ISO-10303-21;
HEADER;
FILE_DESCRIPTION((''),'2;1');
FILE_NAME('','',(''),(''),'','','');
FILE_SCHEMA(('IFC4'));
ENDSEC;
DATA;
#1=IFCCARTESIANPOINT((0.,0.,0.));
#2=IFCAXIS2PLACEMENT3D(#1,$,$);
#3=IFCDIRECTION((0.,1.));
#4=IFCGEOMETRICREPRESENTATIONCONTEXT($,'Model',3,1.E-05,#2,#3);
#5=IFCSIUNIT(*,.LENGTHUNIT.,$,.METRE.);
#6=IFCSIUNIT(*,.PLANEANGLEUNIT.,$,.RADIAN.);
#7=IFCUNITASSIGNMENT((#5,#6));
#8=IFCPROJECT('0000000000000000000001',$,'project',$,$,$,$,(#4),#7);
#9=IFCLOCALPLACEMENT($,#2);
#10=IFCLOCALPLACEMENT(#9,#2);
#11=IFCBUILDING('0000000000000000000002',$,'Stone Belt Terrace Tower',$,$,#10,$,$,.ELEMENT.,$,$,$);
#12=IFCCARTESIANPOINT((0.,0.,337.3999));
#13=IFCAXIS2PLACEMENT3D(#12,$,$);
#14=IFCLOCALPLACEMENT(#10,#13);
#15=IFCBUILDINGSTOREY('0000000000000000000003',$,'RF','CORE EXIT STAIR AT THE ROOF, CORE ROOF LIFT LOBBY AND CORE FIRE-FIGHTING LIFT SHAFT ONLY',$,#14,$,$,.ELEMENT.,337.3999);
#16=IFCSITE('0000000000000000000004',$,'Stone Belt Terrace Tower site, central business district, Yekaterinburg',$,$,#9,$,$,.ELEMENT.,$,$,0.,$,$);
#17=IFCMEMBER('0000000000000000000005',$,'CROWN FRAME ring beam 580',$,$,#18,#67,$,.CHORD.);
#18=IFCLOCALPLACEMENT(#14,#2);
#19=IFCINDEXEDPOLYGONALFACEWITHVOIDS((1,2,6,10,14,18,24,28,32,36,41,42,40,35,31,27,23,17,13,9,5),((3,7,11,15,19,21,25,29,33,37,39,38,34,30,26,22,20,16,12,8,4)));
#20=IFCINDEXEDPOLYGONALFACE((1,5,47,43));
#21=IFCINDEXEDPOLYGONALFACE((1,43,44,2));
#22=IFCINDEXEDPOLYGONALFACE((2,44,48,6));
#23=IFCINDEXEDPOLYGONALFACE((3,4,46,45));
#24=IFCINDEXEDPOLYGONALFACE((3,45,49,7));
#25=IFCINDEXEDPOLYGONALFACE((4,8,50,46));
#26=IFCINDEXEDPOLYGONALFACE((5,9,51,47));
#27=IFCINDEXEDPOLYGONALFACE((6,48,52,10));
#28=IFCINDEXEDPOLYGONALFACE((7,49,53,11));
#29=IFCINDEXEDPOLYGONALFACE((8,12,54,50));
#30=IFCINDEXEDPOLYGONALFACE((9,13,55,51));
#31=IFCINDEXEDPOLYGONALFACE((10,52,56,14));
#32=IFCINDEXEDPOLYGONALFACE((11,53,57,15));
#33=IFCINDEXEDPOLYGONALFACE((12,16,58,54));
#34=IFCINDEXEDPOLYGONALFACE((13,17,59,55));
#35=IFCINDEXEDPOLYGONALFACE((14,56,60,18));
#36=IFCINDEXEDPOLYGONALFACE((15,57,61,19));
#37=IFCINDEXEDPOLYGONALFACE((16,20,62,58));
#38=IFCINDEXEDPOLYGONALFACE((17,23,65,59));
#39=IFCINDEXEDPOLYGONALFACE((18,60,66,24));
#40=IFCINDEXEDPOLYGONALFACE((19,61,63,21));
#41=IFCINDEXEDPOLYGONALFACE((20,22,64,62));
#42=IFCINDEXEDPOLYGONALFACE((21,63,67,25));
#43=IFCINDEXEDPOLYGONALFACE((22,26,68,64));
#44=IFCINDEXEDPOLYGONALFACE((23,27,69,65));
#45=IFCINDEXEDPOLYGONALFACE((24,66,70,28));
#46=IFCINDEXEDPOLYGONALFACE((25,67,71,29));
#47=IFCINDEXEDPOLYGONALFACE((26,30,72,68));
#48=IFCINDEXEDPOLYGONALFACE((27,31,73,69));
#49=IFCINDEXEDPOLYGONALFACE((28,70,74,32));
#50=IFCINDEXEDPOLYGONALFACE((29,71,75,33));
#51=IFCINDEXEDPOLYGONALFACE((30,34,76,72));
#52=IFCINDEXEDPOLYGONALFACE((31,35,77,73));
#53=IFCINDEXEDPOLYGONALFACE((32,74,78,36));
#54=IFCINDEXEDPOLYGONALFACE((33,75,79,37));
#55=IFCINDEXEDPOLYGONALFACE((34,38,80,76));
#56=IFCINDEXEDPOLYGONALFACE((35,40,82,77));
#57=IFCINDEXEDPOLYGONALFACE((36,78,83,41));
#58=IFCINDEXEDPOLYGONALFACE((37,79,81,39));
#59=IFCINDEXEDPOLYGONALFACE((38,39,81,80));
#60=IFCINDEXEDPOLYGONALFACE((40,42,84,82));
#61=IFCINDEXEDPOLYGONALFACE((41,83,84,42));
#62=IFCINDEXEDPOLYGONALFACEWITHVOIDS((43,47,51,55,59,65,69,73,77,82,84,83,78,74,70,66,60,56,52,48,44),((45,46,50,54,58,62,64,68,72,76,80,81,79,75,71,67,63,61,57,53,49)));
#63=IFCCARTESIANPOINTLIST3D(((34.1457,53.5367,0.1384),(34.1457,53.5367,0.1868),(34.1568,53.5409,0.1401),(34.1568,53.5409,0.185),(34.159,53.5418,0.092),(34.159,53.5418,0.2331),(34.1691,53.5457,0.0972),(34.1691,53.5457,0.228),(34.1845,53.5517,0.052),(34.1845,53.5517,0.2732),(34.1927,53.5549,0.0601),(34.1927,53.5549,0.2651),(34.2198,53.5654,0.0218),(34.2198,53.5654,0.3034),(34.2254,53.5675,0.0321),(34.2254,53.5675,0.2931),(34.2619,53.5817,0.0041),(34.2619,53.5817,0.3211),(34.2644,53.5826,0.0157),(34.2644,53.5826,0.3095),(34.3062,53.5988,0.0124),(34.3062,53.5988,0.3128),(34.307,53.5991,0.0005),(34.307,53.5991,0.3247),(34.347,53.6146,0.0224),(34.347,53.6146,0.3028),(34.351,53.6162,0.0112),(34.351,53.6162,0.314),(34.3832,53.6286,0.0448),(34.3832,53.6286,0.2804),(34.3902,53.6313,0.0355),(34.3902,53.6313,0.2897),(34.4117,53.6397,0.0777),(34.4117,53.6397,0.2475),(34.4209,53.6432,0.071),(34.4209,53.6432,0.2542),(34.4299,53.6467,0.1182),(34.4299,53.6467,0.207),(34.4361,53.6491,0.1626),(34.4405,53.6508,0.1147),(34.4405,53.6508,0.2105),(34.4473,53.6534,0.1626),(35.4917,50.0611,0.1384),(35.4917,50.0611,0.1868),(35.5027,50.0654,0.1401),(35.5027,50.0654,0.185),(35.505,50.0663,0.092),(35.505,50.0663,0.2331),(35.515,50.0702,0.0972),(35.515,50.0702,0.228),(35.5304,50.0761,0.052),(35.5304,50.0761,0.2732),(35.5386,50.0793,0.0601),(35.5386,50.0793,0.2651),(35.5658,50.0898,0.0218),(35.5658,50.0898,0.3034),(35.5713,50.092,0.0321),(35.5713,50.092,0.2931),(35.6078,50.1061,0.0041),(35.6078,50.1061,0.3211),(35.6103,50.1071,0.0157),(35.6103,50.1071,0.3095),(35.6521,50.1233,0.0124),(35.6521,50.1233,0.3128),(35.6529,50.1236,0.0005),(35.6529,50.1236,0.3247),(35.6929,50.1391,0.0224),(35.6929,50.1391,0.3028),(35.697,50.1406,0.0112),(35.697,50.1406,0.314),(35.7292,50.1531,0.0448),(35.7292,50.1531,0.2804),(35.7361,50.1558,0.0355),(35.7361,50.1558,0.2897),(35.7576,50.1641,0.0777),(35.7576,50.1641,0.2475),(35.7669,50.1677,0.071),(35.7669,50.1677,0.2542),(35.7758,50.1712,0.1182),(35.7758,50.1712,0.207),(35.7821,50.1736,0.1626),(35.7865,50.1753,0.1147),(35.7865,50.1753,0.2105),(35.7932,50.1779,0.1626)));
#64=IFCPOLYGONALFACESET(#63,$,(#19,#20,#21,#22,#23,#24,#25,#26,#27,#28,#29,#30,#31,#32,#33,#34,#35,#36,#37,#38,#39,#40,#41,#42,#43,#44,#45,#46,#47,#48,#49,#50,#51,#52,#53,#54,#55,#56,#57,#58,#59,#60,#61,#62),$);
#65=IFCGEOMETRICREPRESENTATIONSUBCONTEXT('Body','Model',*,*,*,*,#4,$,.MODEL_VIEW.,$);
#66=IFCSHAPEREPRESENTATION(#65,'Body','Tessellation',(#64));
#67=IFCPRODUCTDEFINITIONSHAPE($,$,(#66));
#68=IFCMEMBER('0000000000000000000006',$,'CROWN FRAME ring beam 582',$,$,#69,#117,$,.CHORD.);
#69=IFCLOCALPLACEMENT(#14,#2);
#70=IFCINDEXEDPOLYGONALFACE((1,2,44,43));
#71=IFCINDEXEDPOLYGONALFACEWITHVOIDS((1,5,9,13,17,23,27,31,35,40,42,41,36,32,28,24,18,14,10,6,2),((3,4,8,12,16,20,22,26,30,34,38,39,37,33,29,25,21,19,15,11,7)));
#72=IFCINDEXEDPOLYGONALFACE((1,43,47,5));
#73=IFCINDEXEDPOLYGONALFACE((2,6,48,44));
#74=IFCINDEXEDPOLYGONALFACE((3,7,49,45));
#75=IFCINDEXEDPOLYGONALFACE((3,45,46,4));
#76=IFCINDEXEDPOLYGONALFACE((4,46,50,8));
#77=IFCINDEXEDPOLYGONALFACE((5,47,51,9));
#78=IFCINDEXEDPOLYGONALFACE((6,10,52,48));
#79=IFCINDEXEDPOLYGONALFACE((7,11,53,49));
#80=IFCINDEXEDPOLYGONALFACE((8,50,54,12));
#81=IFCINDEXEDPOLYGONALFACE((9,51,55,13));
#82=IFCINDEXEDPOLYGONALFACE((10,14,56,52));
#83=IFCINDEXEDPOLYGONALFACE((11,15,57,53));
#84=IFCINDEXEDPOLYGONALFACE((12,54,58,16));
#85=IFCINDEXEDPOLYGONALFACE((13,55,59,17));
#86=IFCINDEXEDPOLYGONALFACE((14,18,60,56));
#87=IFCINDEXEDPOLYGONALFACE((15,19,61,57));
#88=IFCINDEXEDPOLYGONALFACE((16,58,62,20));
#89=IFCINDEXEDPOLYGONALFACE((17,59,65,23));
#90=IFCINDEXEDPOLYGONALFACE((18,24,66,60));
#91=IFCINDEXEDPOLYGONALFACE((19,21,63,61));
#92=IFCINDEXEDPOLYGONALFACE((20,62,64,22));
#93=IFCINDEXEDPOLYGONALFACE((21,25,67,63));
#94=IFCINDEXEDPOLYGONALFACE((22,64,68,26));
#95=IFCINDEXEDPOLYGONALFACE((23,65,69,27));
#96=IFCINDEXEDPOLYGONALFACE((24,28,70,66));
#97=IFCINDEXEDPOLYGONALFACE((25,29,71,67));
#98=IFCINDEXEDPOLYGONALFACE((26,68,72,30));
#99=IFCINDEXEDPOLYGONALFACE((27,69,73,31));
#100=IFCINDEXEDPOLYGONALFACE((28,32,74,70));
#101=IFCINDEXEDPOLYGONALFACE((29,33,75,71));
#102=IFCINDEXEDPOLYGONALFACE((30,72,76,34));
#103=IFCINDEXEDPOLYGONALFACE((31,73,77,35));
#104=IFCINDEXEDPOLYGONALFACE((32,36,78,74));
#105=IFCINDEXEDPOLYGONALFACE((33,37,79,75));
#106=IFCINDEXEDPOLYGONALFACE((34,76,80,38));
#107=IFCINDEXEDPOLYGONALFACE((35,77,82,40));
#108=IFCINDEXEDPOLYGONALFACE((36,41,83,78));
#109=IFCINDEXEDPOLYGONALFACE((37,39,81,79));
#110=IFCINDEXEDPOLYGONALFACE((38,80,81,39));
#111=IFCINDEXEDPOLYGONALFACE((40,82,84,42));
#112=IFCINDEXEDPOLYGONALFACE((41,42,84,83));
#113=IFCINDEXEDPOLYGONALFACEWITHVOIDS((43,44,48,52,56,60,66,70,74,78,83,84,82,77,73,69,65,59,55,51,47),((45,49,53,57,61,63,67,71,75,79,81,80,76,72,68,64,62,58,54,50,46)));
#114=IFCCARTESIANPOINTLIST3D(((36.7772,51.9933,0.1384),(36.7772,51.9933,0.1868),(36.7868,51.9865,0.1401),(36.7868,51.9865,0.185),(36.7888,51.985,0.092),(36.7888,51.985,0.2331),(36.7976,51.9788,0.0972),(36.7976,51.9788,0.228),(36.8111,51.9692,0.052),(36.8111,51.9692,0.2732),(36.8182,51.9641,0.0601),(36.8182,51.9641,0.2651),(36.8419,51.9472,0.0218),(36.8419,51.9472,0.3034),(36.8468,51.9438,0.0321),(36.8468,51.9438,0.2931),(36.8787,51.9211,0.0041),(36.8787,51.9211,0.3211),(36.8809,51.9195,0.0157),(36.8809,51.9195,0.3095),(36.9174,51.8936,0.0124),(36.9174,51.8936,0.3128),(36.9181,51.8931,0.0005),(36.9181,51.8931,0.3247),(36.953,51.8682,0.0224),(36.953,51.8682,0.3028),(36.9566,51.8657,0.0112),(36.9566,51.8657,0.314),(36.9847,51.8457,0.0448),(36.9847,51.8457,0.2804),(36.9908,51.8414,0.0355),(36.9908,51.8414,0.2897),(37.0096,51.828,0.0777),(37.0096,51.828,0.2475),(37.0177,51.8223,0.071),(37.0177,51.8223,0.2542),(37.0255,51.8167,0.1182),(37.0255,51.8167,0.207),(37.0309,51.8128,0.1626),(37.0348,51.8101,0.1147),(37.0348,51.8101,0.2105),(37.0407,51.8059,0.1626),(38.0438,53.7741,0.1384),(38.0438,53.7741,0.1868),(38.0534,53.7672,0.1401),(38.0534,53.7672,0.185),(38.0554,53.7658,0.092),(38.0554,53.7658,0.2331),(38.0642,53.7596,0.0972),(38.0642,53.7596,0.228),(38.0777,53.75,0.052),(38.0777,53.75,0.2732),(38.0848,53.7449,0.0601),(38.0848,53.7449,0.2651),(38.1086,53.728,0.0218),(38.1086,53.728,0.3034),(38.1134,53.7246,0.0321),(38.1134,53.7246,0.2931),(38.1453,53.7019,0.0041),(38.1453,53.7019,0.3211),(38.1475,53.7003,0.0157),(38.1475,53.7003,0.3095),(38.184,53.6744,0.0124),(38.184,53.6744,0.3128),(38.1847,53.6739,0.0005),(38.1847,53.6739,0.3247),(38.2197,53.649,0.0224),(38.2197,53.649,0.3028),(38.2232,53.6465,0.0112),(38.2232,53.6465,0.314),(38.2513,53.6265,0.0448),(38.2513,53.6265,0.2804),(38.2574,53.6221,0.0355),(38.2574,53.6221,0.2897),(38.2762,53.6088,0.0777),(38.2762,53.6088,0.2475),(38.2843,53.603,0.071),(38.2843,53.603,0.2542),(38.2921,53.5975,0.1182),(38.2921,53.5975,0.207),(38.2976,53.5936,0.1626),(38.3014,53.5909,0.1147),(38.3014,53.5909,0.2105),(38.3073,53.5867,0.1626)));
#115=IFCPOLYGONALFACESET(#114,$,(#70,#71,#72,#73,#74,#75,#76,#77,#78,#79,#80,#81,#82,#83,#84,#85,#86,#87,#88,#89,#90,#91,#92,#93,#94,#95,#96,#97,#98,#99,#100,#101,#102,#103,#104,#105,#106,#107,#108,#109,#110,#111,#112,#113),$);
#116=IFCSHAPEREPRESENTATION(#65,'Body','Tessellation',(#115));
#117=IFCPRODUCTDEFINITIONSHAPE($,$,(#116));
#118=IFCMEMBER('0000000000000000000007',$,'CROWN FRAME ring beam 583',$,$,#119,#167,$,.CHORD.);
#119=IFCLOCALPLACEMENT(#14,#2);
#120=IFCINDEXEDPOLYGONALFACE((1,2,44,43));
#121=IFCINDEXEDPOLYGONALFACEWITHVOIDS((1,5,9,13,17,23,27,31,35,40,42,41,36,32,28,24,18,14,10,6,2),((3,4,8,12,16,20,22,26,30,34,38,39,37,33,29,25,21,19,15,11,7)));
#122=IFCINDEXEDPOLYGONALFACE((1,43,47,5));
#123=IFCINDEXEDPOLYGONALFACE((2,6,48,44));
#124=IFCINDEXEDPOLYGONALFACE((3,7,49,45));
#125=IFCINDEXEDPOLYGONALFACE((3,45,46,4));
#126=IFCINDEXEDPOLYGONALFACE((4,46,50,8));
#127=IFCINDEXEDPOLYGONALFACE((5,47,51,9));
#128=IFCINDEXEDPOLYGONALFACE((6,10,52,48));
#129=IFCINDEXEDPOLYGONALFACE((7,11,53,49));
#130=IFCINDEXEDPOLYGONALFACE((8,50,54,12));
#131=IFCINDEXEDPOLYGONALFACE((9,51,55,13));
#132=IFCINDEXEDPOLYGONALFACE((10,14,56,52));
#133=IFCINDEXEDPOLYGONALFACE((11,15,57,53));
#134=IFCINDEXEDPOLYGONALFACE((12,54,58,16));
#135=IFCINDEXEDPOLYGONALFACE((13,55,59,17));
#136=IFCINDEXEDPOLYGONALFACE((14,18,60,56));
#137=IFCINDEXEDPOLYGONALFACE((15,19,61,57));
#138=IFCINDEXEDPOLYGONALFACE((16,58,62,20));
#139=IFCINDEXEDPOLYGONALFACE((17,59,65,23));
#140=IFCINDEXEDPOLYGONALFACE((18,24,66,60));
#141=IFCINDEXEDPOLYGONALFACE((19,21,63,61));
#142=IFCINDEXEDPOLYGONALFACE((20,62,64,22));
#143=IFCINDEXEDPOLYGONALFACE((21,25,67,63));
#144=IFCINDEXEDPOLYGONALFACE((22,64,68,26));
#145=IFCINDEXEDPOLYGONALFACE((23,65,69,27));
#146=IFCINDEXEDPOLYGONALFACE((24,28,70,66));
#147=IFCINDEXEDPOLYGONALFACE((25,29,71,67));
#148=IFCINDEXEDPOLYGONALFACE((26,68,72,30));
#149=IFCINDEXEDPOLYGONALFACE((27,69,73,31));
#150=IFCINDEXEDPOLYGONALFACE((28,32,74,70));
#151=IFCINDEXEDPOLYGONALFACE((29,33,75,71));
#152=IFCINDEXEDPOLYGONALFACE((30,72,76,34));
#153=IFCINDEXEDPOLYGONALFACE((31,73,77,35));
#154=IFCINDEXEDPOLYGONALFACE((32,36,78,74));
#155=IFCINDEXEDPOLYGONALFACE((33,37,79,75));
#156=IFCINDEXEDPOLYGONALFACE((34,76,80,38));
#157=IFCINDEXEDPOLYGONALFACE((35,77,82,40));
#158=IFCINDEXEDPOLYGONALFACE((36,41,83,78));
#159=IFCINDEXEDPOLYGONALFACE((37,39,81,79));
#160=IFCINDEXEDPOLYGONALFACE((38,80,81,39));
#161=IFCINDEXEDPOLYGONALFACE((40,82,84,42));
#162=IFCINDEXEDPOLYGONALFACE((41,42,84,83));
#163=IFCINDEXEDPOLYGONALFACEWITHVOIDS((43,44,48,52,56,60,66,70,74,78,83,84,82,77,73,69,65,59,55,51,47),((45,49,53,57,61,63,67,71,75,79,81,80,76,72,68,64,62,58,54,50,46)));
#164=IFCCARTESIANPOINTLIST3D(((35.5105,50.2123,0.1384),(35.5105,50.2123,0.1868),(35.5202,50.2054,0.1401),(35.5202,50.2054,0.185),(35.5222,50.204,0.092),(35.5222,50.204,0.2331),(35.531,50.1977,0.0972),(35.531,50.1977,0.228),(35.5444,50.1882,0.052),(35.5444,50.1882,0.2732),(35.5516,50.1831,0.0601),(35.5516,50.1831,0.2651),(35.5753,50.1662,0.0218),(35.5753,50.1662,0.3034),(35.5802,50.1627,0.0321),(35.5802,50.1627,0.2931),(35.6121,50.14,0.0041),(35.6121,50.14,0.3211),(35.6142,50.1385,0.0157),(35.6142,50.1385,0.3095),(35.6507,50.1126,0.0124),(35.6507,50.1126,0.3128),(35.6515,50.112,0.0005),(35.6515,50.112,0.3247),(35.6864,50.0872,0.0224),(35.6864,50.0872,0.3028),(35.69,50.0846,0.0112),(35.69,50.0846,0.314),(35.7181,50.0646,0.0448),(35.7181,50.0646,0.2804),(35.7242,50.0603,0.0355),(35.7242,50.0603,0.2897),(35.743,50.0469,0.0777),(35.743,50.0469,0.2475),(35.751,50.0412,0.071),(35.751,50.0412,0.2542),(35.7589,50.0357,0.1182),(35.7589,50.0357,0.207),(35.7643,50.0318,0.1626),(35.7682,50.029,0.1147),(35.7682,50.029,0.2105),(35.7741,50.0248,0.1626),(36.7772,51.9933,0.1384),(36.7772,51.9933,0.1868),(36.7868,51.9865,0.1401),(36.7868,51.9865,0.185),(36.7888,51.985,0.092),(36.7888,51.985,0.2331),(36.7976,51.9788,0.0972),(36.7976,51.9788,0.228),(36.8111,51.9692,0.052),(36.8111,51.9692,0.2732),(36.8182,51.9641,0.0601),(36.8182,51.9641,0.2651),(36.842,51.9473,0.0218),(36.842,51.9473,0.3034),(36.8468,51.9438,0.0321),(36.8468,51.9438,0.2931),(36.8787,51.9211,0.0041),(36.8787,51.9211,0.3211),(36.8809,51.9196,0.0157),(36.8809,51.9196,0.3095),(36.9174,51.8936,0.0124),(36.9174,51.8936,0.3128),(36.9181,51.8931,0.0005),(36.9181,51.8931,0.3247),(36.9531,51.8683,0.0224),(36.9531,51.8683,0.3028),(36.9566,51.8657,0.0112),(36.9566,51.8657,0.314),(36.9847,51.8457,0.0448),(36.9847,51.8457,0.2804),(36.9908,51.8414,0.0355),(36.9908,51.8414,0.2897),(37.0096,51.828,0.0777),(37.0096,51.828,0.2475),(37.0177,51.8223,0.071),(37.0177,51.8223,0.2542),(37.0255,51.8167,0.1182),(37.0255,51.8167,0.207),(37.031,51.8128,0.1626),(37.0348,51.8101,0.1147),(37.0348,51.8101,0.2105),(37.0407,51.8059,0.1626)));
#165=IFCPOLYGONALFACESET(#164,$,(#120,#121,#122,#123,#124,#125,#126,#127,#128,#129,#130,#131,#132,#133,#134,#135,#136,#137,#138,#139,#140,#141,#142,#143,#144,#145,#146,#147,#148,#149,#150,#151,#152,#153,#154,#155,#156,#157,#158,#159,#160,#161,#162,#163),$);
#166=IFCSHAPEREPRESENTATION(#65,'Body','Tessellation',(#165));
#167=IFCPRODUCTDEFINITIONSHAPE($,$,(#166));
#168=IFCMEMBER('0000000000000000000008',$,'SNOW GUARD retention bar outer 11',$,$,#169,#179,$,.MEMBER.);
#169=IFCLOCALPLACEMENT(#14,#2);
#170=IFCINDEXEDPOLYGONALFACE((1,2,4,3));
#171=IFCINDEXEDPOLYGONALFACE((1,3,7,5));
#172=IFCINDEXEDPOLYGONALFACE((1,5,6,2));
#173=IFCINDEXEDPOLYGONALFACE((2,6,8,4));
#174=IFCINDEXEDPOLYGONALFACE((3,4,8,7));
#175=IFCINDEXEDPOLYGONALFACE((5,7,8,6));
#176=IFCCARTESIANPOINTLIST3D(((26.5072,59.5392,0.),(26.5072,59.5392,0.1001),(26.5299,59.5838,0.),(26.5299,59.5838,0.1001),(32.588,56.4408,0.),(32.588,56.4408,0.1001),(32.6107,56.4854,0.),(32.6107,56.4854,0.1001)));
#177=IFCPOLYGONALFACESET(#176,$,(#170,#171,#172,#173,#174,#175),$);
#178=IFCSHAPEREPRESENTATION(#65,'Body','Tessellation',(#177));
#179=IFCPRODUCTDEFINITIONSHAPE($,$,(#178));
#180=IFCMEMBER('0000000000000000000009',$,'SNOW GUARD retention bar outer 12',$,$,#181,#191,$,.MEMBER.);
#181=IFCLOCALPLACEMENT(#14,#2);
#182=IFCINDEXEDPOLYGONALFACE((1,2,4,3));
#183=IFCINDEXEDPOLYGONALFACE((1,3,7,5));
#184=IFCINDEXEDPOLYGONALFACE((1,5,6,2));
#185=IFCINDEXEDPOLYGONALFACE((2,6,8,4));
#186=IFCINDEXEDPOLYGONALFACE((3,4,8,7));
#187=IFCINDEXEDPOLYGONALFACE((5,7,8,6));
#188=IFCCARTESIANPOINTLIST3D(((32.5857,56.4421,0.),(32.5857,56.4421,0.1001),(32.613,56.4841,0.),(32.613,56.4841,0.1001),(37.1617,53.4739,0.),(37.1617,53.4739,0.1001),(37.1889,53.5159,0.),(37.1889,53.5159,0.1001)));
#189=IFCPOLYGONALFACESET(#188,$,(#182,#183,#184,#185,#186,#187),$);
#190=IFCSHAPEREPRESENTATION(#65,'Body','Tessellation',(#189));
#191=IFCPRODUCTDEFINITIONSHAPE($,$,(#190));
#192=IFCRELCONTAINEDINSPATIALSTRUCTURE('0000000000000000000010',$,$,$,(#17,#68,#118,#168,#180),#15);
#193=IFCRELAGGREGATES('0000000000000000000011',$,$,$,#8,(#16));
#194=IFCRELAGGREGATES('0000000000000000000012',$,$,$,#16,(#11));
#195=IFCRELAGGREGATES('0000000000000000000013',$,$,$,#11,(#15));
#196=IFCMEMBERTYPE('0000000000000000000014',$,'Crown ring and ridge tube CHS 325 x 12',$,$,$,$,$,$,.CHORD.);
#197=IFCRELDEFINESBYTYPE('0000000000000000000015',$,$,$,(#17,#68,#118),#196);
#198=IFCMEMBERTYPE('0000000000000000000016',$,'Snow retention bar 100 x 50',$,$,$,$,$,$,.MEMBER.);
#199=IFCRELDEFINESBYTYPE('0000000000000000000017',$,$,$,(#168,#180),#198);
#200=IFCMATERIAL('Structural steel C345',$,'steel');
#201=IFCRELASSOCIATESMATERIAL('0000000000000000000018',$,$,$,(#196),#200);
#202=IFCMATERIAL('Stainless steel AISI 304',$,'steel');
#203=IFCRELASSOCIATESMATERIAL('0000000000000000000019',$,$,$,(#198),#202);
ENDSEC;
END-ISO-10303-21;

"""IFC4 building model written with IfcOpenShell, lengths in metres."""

from ifc_helpers import new_model, si_unit, direction, frame, origin, origin_2d, place, context, subcontext, project, spatial, rectangle, hollow_circle, extrude, material, material_profile, profile_set, type_object, element, save


model = new_model("IFC4")

# Units and contexts
model_context = context("Model", 3, precision=1e-05, world=origin(), true_north=direction((0.0, 1.0)))
body_context = subcontext(model_context, "Body", "Model", "MODEL_VIEW")
ifc_project = project(units=[si_unit("LENGTHUNIT", "METRE"), si_unit("PLANEANGLEUNIT", "RADIAN")], contexts=[model_context])

# Site, building, storey
site_placement = place(None, origin())
site = spatial("IfcSite", under=ifc_project, at=site_placement, Name="Stone Belt Terrace Tower site, central business district, Yekaterinburg", CompositionType="ELEMENT", RefElevation=0.0)
building_placement = place(site_placement, origin())
building = spatial("IfcBuilding", under=site, at=building_placement, Name="Stone Belt Terrace Tower", CompositionType="ELEMENT")
storey_placement = place(building_placement, frame((0.0, 0.0, 337.3999)))
storey = spatial("IfcBuildingStorey", under=building, at=storey_placement, Name="RF", Description="CORE EXIT STAIR AT THE ROOF, CORE ROOF LIFT LOBBY AND CORE FIRE-FIGHTING LIFT SHAFT ONLY", CompositionType="ELEMENT", Elevation=337.3999)

# Members
ifc_material_1 = material(Name="Structural steel C345", Category="steel")
ifc_material_profile_1 = material_profile(ifc_material_1, hollow_circle(Radius=0.1626, WallThickness=0.012, at=origin_2d()), Name="Structural steel C345 CHS 325x12")
ifc_profile_set_1 = profile_set([ifc_material_profile_1], Name="Structural steel C345")
member_type_1 = type_object("IfcMemberType", Name="Crown ring and ridge tube CHS 325 x 12", PredefinedType="CHORD", material=ifc_profile_set_1)
member_1_placement = place(storey_placement, frame((34.2957, 53.5947, 0.1626), z_axis=(0.361125, -0.932518, 0.0), x_axis=(0.932518, 0.361125, 0.0)))
element("IfcMember", 1, at=member_1_placement, inside=storey, type_object=member_type_1, Name="CROWN FRAME ring beam 580", PredefinedType="CHORD", context=body_context, shape_type="SweptSolid", body=[
    extrude(hollow_circle(Radius=0.1626, WallThickness=0.012, at=origin_2d()), origin(), (0.0, 0.0, 1.0), 3.7271),
])
member_2_placement = place(storey_placement, frame((38.1748, 53.6809, 0.1626), z_axis=(-0.57961, -0.814894, 0.0), x_axis=(0.814894, -0.57961, 0.0)))
element("IfcMember", 2, at=member_2_placement, inside=storey, type_object=member_type_1, Name="CROWN FRAME ring beam 582", PredefinedType="CHORD", context=body_context, shape_type="SweptSolid", body=[
    extrude(hollow_circle(Radius=0.1626, WallThickness=0.012, at=origin_2d()), origin(), (0.0, 0.0, 1.0), 2.1853),
])
member_3_placement = place(storey_placement, frame((36.9082, 51.9001, 0.1626), z_axis=(-0.579557, -0.814932, 0.0), x_axis=(0.814932, -0.579557, 0.0)))
element("IfcMember", 3, at=member_3_placement, inside=storey, type_object=member_type_1, Name="CROWN FRAME ring beam 583", PredefinedType="CHORD", context=body_context, shape_type="SweptSolid", body=[
    extrude(hollow_circle(Radius=0.1626, WallThickness=0.012, at=origin_2d()), origin(), (0.0, 0.0, 1.0), 2.1855),
])
ifc_material_2 = material(Name="Stainless steel AISI 304", Category="steel")
ifc_material_profile_2 = material_profile(ifc_material_2, rectangle(XDim=0.05, YDim=0.1001, at=origin_2d()), Name="Stainless steel AISI 304 100x50")
ifc_profile_set_2 = profile_set([ifc_material_profile_2], Name="Stainless steel AISI 304")
member_type_2 = type_object("IfcMemberType", Name="Snow retention bar 100 x 50", PredefinedType="MEMBER", material=ifc_profile_set_2)
member_4_placement = place(storey_placement, frame((26.5186, 59.5615, 0.05), z_axis=(0.891003, -0.453998, 0.0), x_axis=(0.453998, 0.891003, 0.0)))
element("IfcMember", 4, at=member_4_placement, inside=storey, type_object=member_type_2, Name="SNOW GUARD retention bar outer 11", PredefinedType="MEMBER", context=body_context, shape_type="SweptSolid", body=[
    extrude(rectangle(XDim=0.05, YDim=0.1001, at=origin_2d()), origin(), (0.0, 0.0, 1.0), 6.8247),
])
member_5_placement = place(storey_placement, frame((32.5994, 56.4631, 0.05), z_axis=(0.838954, -0.544203, 0.0), x_axis=(0.544203, 0.838954, 0.0)))
element("IfcMember", 5, at=member_5_placement, inside=storey, type_object=member_type_2, Name="SNOW GUARD retention bar outer 12", PredefinedType="MEMBER", context=body_context, shape_type="SweptSolid", body=[
    extrude(rectangle(XDim=0.05, YDim=0.1001, at=origin_2d()), origin(), (0.0, 0.0, 1.0), 5.4543),
])

save(model, "model.ifc")
